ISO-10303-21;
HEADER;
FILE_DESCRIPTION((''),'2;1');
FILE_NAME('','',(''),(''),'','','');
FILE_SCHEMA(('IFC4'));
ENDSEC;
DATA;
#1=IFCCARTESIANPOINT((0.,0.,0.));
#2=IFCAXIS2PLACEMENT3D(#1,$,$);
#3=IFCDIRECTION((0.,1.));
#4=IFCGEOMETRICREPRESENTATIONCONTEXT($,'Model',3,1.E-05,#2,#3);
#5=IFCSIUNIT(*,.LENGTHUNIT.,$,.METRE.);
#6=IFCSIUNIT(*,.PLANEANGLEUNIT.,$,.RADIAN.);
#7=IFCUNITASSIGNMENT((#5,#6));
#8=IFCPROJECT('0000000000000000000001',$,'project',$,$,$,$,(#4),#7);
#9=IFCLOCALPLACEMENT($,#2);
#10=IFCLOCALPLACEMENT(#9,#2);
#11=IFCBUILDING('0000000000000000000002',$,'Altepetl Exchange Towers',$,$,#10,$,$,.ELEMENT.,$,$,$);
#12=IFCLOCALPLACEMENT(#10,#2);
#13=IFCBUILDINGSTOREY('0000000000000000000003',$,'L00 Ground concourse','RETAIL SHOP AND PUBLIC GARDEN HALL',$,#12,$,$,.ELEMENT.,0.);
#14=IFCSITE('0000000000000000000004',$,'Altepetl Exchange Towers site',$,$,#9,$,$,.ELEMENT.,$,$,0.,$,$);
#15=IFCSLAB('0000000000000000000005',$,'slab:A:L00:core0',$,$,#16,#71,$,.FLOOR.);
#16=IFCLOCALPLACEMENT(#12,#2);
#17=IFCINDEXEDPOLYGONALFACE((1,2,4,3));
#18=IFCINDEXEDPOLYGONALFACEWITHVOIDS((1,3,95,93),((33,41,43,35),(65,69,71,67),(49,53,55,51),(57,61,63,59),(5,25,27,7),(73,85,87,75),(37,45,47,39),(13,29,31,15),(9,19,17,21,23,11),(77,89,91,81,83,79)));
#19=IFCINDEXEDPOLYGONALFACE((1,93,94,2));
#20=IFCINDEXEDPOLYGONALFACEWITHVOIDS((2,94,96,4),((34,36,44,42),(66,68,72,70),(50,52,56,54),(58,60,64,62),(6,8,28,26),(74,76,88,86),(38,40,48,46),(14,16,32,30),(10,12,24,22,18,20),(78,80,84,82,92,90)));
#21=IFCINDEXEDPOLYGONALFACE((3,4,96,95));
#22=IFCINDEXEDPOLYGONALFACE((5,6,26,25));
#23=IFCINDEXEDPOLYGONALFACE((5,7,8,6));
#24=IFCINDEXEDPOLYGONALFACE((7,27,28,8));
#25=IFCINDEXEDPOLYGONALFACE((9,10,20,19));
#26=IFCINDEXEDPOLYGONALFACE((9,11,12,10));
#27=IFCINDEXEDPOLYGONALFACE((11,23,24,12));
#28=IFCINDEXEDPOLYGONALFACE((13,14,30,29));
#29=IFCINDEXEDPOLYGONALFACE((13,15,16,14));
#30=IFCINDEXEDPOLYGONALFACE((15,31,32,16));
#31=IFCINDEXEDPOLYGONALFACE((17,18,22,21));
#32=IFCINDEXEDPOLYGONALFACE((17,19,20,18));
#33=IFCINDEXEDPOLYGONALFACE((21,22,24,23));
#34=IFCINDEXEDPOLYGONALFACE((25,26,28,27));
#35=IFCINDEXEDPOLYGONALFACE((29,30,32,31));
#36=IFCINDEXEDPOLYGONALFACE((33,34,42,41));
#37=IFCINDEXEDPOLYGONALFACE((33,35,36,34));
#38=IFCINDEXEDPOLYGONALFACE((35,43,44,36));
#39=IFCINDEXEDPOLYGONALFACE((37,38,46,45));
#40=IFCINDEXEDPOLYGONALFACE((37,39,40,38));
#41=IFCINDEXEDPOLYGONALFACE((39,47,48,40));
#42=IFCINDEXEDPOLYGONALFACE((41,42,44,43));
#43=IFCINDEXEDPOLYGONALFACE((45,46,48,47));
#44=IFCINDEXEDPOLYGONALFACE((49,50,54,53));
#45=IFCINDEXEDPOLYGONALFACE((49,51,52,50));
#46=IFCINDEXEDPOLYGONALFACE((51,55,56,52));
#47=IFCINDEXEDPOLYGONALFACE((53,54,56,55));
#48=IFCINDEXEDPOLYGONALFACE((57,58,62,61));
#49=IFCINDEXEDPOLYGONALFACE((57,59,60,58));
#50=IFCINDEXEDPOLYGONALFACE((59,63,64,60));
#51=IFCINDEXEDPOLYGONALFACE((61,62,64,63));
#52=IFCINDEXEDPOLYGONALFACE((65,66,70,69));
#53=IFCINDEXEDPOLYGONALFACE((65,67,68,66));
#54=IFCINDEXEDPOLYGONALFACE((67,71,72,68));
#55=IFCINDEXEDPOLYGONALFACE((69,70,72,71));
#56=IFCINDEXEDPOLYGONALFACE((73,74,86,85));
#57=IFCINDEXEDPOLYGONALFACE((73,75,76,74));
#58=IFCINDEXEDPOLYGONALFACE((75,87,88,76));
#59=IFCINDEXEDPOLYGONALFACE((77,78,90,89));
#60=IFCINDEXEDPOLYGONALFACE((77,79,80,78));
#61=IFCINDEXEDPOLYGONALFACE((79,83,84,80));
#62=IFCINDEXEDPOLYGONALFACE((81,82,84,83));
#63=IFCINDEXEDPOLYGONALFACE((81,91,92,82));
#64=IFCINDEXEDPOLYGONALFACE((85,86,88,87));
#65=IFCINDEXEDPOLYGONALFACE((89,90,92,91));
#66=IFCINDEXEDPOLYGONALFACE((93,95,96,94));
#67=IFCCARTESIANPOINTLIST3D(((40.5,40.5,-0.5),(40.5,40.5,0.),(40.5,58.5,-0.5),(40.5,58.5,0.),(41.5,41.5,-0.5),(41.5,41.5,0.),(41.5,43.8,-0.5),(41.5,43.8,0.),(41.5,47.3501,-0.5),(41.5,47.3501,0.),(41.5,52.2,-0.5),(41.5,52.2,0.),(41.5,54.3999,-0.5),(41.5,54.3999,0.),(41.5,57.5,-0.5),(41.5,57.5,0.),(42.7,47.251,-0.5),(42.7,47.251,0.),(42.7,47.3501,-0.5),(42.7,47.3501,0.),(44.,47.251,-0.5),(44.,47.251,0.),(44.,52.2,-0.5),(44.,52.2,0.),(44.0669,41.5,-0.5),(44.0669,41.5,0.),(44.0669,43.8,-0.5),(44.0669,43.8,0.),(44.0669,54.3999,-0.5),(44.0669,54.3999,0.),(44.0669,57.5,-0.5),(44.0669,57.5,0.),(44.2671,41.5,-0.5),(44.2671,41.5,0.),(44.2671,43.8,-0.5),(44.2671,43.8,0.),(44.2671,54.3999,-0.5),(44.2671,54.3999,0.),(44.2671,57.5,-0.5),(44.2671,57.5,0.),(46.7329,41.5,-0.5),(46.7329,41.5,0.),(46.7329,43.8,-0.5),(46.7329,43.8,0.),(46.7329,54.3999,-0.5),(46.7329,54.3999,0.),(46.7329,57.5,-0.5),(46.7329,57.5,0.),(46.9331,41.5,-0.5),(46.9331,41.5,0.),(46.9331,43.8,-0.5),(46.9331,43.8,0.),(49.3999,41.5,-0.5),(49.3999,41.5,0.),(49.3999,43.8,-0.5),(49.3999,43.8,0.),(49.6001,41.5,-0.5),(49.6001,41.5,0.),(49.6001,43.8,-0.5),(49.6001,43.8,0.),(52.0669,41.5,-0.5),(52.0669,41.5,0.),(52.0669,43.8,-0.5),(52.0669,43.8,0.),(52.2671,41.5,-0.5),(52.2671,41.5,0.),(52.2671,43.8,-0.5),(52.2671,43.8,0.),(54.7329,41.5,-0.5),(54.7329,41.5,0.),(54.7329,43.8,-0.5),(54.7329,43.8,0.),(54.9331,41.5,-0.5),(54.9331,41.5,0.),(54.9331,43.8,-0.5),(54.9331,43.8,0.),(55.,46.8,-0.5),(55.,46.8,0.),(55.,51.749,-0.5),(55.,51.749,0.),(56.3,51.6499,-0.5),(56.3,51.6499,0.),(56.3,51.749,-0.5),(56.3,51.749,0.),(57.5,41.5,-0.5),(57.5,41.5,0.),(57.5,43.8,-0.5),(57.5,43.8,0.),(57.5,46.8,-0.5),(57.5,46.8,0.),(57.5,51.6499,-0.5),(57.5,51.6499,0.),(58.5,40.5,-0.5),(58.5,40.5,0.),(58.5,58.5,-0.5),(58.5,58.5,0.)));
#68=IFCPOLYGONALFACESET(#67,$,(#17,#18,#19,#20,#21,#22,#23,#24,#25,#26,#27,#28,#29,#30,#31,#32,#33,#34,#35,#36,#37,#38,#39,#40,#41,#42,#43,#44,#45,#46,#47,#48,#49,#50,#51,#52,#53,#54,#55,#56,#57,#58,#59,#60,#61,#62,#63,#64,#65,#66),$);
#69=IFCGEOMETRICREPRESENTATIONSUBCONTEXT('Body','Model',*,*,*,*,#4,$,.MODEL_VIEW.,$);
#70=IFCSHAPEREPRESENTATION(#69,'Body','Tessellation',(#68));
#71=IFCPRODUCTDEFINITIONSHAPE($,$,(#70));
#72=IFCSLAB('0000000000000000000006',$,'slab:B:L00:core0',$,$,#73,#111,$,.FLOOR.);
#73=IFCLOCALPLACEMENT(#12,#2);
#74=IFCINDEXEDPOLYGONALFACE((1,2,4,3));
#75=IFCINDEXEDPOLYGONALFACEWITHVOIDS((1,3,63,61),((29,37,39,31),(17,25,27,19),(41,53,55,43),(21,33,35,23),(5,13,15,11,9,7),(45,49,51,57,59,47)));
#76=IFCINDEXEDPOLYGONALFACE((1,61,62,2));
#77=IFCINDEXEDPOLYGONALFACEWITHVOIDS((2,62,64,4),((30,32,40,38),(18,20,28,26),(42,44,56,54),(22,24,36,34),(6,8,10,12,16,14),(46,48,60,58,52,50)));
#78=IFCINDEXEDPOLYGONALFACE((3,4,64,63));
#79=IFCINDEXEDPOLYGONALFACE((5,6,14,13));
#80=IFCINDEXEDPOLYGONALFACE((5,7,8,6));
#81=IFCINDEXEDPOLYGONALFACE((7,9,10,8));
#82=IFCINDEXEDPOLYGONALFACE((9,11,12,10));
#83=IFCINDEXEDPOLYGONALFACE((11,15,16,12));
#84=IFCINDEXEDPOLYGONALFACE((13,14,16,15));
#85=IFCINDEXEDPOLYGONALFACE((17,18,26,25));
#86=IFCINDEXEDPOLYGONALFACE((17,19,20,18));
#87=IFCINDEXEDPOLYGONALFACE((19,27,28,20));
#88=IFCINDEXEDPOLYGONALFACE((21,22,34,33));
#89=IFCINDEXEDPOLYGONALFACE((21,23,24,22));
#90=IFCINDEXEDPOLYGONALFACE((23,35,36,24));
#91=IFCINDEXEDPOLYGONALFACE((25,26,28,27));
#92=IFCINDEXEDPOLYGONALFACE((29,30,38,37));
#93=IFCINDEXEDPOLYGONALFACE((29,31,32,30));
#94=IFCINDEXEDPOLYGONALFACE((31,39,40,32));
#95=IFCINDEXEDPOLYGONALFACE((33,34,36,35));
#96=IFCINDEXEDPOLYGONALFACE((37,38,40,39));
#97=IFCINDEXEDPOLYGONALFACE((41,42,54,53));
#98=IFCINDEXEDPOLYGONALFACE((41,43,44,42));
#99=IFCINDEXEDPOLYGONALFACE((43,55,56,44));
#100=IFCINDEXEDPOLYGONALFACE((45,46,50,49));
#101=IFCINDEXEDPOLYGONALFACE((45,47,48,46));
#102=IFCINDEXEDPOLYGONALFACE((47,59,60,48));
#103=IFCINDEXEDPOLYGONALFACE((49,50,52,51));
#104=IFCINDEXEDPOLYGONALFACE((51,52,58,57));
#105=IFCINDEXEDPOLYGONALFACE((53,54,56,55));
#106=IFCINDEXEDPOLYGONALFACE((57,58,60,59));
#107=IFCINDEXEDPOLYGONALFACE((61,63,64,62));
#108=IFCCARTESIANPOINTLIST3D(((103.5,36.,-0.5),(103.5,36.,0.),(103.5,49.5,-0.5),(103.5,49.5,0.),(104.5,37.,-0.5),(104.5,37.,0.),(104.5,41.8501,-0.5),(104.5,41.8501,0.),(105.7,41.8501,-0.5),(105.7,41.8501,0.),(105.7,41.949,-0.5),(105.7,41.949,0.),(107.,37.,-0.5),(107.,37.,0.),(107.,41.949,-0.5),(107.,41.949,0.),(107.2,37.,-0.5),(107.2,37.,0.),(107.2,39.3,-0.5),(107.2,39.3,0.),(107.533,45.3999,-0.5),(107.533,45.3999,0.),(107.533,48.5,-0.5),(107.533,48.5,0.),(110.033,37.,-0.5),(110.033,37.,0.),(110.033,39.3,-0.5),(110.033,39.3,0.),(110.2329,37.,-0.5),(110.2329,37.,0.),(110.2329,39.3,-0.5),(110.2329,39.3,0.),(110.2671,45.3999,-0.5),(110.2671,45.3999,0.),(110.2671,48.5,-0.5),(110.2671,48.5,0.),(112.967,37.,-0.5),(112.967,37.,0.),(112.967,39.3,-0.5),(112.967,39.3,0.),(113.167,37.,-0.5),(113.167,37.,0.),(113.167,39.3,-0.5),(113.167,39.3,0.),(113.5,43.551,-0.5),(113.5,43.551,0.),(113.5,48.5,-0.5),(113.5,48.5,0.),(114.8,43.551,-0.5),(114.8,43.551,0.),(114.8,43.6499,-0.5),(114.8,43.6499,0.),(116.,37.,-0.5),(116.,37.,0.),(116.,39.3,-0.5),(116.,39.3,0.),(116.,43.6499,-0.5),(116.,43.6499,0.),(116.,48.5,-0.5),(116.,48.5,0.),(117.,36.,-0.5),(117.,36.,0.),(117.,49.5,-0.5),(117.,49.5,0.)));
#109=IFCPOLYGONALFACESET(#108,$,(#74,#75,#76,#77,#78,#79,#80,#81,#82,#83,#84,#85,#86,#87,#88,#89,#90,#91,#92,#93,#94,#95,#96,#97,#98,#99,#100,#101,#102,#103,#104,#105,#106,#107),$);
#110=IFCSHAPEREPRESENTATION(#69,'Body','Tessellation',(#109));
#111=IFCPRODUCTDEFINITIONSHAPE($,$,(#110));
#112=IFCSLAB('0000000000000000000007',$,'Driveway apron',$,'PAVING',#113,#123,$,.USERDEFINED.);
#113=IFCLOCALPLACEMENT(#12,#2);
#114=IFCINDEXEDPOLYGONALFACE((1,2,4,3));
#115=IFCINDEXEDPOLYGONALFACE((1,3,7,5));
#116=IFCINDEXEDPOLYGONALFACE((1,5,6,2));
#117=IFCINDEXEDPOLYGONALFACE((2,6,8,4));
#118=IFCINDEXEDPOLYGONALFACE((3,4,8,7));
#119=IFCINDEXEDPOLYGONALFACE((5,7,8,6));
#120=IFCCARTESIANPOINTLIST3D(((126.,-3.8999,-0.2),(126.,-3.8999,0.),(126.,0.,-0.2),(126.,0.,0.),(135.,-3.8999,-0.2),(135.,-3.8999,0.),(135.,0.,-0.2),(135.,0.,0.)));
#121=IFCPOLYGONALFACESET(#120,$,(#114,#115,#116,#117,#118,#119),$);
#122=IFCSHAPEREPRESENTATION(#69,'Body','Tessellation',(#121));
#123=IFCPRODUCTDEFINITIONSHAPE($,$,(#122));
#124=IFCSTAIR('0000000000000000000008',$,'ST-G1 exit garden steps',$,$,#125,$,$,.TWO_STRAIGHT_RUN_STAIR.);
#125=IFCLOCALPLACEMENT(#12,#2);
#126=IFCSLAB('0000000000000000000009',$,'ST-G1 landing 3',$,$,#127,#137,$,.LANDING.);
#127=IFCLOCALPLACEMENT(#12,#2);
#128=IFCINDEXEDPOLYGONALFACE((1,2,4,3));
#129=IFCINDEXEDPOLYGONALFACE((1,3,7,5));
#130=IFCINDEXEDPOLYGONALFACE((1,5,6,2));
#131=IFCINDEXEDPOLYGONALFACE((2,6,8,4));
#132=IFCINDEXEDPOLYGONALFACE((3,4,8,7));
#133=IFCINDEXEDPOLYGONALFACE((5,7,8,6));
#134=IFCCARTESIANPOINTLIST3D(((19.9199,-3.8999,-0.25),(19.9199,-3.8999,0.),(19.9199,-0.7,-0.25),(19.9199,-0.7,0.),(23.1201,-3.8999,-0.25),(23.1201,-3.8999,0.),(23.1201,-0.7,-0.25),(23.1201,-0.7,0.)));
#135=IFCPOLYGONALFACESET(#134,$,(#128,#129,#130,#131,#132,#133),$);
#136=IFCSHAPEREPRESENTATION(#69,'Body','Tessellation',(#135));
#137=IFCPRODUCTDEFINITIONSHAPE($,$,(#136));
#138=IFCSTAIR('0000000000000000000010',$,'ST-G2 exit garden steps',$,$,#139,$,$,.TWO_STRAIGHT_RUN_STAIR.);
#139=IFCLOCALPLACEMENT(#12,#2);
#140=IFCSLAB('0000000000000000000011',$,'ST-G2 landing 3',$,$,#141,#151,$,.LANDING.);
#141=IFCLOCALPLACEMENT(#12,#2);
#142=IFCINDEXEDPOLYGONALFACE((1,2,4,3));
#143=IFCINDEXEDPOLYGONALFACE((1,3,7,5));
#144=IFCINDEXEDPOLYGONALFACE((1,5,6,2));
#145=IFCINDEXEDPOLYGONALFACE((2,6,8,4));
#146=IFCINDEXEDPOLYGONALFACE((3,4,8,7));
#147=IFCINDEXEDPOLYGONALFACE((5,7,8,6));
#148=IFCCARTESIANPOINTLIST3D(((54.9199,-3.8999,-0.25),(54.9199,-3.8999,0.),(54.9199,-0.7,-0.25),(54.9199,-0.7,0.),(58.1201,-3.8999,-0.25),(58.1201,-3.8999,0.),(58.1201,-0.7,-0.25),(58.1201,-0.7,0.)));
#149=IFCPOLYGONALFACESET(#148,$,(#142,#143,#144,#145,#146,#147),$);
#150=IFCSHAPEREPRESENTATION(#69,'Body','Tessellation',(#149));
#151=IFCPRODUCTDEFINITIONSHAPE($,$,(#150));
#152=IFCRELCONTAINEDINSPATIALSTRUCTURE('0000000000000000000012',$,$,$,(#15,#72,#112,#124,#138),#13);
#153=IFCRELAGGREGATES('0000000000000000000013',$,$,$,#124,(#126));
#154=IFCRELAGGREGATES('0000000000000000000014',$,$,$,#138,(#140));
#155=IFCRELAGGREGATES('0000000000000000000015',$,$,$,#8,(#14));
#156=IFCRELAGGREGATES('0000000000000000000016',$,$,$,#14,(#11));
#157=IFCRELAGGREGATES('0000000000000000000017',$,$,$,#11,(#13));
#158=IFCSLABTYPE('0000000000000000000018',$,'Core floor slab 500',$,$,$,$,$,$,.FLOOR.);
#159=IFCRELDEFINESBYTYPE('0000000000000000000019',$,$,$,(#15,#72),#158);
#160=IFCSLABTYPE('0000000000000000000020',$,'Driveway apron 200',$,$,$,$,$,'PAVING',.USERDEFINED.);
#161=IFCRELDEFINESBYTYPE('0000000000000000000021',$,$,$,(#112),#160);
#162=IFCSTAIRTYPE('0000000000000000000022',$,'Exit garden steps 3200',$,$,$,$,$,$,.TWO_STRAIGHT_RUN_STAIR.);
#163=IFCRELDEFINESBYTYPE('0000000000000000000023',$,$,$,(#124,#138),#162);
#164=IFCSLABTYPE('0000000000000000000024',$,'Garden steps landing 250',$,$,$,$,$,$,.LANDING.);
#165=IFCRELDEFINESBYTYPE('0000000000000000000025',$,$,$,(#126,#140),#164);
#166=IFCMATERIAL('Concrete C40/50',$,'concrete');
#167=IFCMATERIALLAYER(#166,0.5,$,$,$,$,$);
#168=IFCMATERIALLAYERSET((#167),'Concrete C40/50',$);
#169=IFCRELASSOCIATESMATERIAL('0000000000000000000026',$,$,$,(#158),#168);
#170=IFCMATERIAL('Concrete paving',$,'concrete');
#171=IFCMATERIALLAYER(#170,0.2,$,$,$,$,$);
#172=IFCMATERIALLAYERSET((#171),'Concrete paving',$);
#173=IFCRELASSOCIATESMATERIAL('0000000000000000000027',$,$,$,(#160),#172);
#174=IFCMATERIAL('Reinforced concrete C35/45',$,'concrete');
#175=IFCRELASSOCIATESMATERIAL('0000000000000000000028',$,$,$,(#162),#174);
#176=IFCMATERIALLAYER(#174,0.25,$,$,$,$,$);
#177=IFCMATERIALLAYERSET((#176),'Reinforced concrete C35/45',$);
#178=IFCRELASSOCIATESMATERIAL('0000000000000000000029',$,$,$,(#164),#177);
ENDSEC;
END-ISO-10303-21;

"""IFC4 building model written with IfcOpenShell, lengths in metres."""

from ifc_helpers import new_model, si_unit, direction, frame, origin, place, context, subcontext, project, spatial, polyline, outline, extrude, material, layer, layer_set, type_object, element, aggregate, save


model = new_model("IFC4")

# Units and contexts
model_context = context("Model", 3, precision=1e-05, world=origin(), true_north=direction((0.0, 1.0)))
body_context = subcontext(model_context, "Body", "Model", "MODEL_VIEW")
ifc_project = project(units=[si_unit("LENGTHUNIT", "METRE"), si_unit("PLANEANGLEUNIT", "RADIAN")], contexts=[model_context])

# Site, building, storey
site_placement = place(None, origin())
site = spatial("IfcSite", under=ifc_project, at=site_placement, Name="Altepetl Exchange Towers site", CompositionType="ELEMENT", RefElevation=0.0)
building_placement = place(site_placement, origin())
building = spatial("IfcBuilding", under=site, at=building_placement, Name="Altepetl Exchange Towers", CompositionType="ELEMENT")
storey_placement = place(building_placement, origin())
storey = spatial("IfcBuildingStorey", under=building, at=storey_placement, Name="L00 Ground concourse", Description="RETAIL SHOP AND PUBLIC GARDEN HALL", CompositionType="ELEMENT", Elevation=0.0)

# Shared definitions
ifc_material_1 = material(Name="Reinforced concrete C35/45", Category="concrete")

# Slabs
ifc_material_2 = material(Name="Concrete C40/50", Category="concrete")
ifc_layer_1 = layer(ifc_material_2, 0.5)
ifc_layer_set_1 = layer_set([ifc_layer_1], Name="Concrete C40/50")
slab_type_1 = type_object("IfcSlabType", Name="Core floor slab 500", PredefinedType="FLOOR", material=ifc_layer_set_1)
slab_1_placement = place(storey_placement, frame((0.0, 0.0, -0.5)))
element("IfcSlab", 1, at=slab_1_placement, inside=storey, type_object=slab_type_1, Name="slab:A:L00:core0", PredefinedType="FLOOR", context=body_context, shape_type="SweptSolid", body=[
    extrude(outline(polyline([(40.5, 40.5), (58.5, 40.5), (58.5, 58.5), (40.5, 58.5), (40.5, 40.5)]), holes=[polyline([(41.5, 43.8), (44.0669, 43.8), (44.0669, 41.5), (41.5, 41.5), (41.5, 43.8)]), polyline([(44.2671, 43.8), (46.7329, 43.8), (46.7329, 41.5), (44.2671, 41.5), (44.2671, 43.8)]), polyline([(46.9331, 43.8), (49.3999, 43.8), (49.3999, 41.5), (46.9331, 41.5), (46.9331, 43.8)]), polyline([(52.0669, 43.8), (52.0669, 41.5), (49.6001, 41.5), (49.6001, 43.8), (52.0669, 43.8)]), polyline([(54.7329, 43.8), (54.7329, 41.5), (52.2671, 41.5), (52.2671, 43.8), (54.7329, 43.8)]), polyline([(54.9331, 43.8), (57.5, 43.8), (57.5, 41.5), (54.9331, 41.5), (54.9331, 43.8)]), polyline([(55.0, 51.749), (56.3, 51.749), (56.3, 51.6499), (57.5, 51.6499), (57.5, 46.8), (55.0, 46.8), (55.0, 51.749)]), polyline([(44.0, 47.251), (42.7, 47.251), (42.7, 47.3501), (41.5, 47.3501), (41.5, 52.2), (44.0, 52.2), (44.0, 47.251)]), polyline([(44.0669, 57.5), (44.0669, 54.3999), (41.5, 54.3999), (41.5, 57.5), (44.0669, 57.5)]), polyline([(46.7329, 57.5), (46.7329, 54.3999), (44.2671, 54.3999), (44.2671, 57.5), (46.7329, 57.5)])]), origin(), (0.0, 0.0, 1.0), 0.5),
])
slab_2_placement = place(storey_placement, frame((0.0, 0.0, -0.5)))
element("IfcSlab", 2, at=slab_2_placement, inside=storey, type_object=slab_type_1, Name="slab:B:L00:core0", PredefinedType="FLOOR", context=body_context, shape_type="SweptSolid", body=[
    extrude(outline(polyline([(103.5, 36.0), (117.0, 36.0), (117.0, 49.5), (103.5, 49.5), (103.5, 36.0)]), holes=[polyline([(107.2, 37.0), (107.2, 39.3), (110.033, 39.3), (110.033, 37.0), (107.2, 37.0)]), polyline([(110.2329, 39.3), (112.967, 39.3), (112.967, 37.0), (110.2329, 37.0), (110.2329, 39.3)]), polyline([(113.167, 39.3), (116.0, 39.3), (116.0, 37.0), (113.167, 37.0), (113.167, 39.3)]), polyline([(107.0, 37.0), (104.5, 37.0), (104.5, 41.8501), (105.7, 41.8501), (105.7, 41.949), (107.0, 41.949), (107.0, 37.0)]), polyline([(116.0, 48.5), (116.0, 43.6499), (114.8, 43.6499), (114.8, 43.551), (113.5, 43.551), (113.5, 48.5), (116.0, 48.5)]), polyline([(107.533, 48.5), (110.2671, 48.5), (110.2671, 45.3999), (107.533, 45.3999), (107.533, 48.5)])]), origin(), (0.0, 0.0, 1.0), 0.5),
])
ifc_material_3 = material(Name="Concrete paving", Category="concrete")
ifc_layer_2 = layer(ifc_material_3, 0.2)
ifc_layer_set_2 = layer_set([ifc_layer_2], Name="Concrete paving")
slab_type_2 = type_object("IfcSlabType", Name="Driveway apron 200", ElementType="PAVING", PredefinedType="USERDEFINED", material=ifc_layer_set_2)
slab_3_placement = place(storey_placement, frame((0.0, 0.0, -0.2)))
element("IfcSlab", 3, at=slab_3_placement, inside=storey, type_object=slab_type_2, Name="Driveway apron", ObjectType="PAVING", PredefinedType="USERDEFINED", context=body_context, shape_type="SweptSolid", body=[
    extrude(outline(polyline([(126.0, -3.8999), (135.0, -3.8999), (135.0, 0.0), (126.0, 0.0), (126.0, -3.8999)])), origin(), (0.0, 0.0, 1.0), 0.2),
])

# Stairs, slabs
stair_type = type_object("IfcStairType", Name="Exit garden steps 3200", PredefinedType="TWO_STRAIGHT_RUN_STAIR", material=ifc_material_1)
stair_1_placement = place(storey_placement, origin())
stair_1 = element("IfcStair", 4, at=stair_1_placement, inside=storey, type_object=stair_type, Name="ST-G1 exit garden steps", PredefinedType="TWO_STRAIGHT_RUN_STAIR")
ifc_layer_3 = layer(ifc_material_1, 0.25)
ifc_layer_set_3 = layer_set([ifc_layer_3], Name="Reinforced concrete C35/45")
slab_type_3 = type_object("IfcSlabType", Name="Garden steps landing 250", PredefinedType="LANDING", material=ifc_layer_set_3)
slab_4_placement = place(storey_placement, frame((0.0, 0.0, -0.25)))
slab_4 = element("IfcSlab", 5, at=slab_4_placement, type_object=slab_type_3, Name="ST-G1 landing 3", PredefinedType="LANDING", context=body_context, shape_type="SweptSolid", body=[
    extrude(outline(polyline([(19.9199, -0.7), (23.1201, -0.7), (23.1201, -3.8999), (19.9199, -3.8999), (19.9199, -0.7)])), origin(), (0.0, 0.0, 1.0), 0.25),
])
aggregate(stair_1, [slab_4])
stair_2_placement = place(storey_placement, origin())
stair_2 = element("IfcStair", 6, at=stair_2_placement, inside=storey, type_object=stair_type, Name="ST-G2 exit garden steps", PredefinedType="TWO_STRAIGHT_RUN_STAIR")
slab_5_placement = place(storey_placement, frame((0.0, 0.0, -0.25)))
slab_5 = element("IfcSlab", 7, at=slab_5_placement, type_object=slab_type_3, Name="ST-G2 landing 3", PredefinedType="LANDING", context=body_context, shape_type="SweptSolid", body=[
    extrude(outline(polyline([(54.9199, -0.7), (58.1201, -0.7), (58.1201, -3.8999), (54.9199, -3.8999), (54.9199, -0.7)])), origin(), (0.0, 0.0, 1.0), 0.25),
])
aggregate(stair_2, [slab_5])

save(model, "model.ifc")
